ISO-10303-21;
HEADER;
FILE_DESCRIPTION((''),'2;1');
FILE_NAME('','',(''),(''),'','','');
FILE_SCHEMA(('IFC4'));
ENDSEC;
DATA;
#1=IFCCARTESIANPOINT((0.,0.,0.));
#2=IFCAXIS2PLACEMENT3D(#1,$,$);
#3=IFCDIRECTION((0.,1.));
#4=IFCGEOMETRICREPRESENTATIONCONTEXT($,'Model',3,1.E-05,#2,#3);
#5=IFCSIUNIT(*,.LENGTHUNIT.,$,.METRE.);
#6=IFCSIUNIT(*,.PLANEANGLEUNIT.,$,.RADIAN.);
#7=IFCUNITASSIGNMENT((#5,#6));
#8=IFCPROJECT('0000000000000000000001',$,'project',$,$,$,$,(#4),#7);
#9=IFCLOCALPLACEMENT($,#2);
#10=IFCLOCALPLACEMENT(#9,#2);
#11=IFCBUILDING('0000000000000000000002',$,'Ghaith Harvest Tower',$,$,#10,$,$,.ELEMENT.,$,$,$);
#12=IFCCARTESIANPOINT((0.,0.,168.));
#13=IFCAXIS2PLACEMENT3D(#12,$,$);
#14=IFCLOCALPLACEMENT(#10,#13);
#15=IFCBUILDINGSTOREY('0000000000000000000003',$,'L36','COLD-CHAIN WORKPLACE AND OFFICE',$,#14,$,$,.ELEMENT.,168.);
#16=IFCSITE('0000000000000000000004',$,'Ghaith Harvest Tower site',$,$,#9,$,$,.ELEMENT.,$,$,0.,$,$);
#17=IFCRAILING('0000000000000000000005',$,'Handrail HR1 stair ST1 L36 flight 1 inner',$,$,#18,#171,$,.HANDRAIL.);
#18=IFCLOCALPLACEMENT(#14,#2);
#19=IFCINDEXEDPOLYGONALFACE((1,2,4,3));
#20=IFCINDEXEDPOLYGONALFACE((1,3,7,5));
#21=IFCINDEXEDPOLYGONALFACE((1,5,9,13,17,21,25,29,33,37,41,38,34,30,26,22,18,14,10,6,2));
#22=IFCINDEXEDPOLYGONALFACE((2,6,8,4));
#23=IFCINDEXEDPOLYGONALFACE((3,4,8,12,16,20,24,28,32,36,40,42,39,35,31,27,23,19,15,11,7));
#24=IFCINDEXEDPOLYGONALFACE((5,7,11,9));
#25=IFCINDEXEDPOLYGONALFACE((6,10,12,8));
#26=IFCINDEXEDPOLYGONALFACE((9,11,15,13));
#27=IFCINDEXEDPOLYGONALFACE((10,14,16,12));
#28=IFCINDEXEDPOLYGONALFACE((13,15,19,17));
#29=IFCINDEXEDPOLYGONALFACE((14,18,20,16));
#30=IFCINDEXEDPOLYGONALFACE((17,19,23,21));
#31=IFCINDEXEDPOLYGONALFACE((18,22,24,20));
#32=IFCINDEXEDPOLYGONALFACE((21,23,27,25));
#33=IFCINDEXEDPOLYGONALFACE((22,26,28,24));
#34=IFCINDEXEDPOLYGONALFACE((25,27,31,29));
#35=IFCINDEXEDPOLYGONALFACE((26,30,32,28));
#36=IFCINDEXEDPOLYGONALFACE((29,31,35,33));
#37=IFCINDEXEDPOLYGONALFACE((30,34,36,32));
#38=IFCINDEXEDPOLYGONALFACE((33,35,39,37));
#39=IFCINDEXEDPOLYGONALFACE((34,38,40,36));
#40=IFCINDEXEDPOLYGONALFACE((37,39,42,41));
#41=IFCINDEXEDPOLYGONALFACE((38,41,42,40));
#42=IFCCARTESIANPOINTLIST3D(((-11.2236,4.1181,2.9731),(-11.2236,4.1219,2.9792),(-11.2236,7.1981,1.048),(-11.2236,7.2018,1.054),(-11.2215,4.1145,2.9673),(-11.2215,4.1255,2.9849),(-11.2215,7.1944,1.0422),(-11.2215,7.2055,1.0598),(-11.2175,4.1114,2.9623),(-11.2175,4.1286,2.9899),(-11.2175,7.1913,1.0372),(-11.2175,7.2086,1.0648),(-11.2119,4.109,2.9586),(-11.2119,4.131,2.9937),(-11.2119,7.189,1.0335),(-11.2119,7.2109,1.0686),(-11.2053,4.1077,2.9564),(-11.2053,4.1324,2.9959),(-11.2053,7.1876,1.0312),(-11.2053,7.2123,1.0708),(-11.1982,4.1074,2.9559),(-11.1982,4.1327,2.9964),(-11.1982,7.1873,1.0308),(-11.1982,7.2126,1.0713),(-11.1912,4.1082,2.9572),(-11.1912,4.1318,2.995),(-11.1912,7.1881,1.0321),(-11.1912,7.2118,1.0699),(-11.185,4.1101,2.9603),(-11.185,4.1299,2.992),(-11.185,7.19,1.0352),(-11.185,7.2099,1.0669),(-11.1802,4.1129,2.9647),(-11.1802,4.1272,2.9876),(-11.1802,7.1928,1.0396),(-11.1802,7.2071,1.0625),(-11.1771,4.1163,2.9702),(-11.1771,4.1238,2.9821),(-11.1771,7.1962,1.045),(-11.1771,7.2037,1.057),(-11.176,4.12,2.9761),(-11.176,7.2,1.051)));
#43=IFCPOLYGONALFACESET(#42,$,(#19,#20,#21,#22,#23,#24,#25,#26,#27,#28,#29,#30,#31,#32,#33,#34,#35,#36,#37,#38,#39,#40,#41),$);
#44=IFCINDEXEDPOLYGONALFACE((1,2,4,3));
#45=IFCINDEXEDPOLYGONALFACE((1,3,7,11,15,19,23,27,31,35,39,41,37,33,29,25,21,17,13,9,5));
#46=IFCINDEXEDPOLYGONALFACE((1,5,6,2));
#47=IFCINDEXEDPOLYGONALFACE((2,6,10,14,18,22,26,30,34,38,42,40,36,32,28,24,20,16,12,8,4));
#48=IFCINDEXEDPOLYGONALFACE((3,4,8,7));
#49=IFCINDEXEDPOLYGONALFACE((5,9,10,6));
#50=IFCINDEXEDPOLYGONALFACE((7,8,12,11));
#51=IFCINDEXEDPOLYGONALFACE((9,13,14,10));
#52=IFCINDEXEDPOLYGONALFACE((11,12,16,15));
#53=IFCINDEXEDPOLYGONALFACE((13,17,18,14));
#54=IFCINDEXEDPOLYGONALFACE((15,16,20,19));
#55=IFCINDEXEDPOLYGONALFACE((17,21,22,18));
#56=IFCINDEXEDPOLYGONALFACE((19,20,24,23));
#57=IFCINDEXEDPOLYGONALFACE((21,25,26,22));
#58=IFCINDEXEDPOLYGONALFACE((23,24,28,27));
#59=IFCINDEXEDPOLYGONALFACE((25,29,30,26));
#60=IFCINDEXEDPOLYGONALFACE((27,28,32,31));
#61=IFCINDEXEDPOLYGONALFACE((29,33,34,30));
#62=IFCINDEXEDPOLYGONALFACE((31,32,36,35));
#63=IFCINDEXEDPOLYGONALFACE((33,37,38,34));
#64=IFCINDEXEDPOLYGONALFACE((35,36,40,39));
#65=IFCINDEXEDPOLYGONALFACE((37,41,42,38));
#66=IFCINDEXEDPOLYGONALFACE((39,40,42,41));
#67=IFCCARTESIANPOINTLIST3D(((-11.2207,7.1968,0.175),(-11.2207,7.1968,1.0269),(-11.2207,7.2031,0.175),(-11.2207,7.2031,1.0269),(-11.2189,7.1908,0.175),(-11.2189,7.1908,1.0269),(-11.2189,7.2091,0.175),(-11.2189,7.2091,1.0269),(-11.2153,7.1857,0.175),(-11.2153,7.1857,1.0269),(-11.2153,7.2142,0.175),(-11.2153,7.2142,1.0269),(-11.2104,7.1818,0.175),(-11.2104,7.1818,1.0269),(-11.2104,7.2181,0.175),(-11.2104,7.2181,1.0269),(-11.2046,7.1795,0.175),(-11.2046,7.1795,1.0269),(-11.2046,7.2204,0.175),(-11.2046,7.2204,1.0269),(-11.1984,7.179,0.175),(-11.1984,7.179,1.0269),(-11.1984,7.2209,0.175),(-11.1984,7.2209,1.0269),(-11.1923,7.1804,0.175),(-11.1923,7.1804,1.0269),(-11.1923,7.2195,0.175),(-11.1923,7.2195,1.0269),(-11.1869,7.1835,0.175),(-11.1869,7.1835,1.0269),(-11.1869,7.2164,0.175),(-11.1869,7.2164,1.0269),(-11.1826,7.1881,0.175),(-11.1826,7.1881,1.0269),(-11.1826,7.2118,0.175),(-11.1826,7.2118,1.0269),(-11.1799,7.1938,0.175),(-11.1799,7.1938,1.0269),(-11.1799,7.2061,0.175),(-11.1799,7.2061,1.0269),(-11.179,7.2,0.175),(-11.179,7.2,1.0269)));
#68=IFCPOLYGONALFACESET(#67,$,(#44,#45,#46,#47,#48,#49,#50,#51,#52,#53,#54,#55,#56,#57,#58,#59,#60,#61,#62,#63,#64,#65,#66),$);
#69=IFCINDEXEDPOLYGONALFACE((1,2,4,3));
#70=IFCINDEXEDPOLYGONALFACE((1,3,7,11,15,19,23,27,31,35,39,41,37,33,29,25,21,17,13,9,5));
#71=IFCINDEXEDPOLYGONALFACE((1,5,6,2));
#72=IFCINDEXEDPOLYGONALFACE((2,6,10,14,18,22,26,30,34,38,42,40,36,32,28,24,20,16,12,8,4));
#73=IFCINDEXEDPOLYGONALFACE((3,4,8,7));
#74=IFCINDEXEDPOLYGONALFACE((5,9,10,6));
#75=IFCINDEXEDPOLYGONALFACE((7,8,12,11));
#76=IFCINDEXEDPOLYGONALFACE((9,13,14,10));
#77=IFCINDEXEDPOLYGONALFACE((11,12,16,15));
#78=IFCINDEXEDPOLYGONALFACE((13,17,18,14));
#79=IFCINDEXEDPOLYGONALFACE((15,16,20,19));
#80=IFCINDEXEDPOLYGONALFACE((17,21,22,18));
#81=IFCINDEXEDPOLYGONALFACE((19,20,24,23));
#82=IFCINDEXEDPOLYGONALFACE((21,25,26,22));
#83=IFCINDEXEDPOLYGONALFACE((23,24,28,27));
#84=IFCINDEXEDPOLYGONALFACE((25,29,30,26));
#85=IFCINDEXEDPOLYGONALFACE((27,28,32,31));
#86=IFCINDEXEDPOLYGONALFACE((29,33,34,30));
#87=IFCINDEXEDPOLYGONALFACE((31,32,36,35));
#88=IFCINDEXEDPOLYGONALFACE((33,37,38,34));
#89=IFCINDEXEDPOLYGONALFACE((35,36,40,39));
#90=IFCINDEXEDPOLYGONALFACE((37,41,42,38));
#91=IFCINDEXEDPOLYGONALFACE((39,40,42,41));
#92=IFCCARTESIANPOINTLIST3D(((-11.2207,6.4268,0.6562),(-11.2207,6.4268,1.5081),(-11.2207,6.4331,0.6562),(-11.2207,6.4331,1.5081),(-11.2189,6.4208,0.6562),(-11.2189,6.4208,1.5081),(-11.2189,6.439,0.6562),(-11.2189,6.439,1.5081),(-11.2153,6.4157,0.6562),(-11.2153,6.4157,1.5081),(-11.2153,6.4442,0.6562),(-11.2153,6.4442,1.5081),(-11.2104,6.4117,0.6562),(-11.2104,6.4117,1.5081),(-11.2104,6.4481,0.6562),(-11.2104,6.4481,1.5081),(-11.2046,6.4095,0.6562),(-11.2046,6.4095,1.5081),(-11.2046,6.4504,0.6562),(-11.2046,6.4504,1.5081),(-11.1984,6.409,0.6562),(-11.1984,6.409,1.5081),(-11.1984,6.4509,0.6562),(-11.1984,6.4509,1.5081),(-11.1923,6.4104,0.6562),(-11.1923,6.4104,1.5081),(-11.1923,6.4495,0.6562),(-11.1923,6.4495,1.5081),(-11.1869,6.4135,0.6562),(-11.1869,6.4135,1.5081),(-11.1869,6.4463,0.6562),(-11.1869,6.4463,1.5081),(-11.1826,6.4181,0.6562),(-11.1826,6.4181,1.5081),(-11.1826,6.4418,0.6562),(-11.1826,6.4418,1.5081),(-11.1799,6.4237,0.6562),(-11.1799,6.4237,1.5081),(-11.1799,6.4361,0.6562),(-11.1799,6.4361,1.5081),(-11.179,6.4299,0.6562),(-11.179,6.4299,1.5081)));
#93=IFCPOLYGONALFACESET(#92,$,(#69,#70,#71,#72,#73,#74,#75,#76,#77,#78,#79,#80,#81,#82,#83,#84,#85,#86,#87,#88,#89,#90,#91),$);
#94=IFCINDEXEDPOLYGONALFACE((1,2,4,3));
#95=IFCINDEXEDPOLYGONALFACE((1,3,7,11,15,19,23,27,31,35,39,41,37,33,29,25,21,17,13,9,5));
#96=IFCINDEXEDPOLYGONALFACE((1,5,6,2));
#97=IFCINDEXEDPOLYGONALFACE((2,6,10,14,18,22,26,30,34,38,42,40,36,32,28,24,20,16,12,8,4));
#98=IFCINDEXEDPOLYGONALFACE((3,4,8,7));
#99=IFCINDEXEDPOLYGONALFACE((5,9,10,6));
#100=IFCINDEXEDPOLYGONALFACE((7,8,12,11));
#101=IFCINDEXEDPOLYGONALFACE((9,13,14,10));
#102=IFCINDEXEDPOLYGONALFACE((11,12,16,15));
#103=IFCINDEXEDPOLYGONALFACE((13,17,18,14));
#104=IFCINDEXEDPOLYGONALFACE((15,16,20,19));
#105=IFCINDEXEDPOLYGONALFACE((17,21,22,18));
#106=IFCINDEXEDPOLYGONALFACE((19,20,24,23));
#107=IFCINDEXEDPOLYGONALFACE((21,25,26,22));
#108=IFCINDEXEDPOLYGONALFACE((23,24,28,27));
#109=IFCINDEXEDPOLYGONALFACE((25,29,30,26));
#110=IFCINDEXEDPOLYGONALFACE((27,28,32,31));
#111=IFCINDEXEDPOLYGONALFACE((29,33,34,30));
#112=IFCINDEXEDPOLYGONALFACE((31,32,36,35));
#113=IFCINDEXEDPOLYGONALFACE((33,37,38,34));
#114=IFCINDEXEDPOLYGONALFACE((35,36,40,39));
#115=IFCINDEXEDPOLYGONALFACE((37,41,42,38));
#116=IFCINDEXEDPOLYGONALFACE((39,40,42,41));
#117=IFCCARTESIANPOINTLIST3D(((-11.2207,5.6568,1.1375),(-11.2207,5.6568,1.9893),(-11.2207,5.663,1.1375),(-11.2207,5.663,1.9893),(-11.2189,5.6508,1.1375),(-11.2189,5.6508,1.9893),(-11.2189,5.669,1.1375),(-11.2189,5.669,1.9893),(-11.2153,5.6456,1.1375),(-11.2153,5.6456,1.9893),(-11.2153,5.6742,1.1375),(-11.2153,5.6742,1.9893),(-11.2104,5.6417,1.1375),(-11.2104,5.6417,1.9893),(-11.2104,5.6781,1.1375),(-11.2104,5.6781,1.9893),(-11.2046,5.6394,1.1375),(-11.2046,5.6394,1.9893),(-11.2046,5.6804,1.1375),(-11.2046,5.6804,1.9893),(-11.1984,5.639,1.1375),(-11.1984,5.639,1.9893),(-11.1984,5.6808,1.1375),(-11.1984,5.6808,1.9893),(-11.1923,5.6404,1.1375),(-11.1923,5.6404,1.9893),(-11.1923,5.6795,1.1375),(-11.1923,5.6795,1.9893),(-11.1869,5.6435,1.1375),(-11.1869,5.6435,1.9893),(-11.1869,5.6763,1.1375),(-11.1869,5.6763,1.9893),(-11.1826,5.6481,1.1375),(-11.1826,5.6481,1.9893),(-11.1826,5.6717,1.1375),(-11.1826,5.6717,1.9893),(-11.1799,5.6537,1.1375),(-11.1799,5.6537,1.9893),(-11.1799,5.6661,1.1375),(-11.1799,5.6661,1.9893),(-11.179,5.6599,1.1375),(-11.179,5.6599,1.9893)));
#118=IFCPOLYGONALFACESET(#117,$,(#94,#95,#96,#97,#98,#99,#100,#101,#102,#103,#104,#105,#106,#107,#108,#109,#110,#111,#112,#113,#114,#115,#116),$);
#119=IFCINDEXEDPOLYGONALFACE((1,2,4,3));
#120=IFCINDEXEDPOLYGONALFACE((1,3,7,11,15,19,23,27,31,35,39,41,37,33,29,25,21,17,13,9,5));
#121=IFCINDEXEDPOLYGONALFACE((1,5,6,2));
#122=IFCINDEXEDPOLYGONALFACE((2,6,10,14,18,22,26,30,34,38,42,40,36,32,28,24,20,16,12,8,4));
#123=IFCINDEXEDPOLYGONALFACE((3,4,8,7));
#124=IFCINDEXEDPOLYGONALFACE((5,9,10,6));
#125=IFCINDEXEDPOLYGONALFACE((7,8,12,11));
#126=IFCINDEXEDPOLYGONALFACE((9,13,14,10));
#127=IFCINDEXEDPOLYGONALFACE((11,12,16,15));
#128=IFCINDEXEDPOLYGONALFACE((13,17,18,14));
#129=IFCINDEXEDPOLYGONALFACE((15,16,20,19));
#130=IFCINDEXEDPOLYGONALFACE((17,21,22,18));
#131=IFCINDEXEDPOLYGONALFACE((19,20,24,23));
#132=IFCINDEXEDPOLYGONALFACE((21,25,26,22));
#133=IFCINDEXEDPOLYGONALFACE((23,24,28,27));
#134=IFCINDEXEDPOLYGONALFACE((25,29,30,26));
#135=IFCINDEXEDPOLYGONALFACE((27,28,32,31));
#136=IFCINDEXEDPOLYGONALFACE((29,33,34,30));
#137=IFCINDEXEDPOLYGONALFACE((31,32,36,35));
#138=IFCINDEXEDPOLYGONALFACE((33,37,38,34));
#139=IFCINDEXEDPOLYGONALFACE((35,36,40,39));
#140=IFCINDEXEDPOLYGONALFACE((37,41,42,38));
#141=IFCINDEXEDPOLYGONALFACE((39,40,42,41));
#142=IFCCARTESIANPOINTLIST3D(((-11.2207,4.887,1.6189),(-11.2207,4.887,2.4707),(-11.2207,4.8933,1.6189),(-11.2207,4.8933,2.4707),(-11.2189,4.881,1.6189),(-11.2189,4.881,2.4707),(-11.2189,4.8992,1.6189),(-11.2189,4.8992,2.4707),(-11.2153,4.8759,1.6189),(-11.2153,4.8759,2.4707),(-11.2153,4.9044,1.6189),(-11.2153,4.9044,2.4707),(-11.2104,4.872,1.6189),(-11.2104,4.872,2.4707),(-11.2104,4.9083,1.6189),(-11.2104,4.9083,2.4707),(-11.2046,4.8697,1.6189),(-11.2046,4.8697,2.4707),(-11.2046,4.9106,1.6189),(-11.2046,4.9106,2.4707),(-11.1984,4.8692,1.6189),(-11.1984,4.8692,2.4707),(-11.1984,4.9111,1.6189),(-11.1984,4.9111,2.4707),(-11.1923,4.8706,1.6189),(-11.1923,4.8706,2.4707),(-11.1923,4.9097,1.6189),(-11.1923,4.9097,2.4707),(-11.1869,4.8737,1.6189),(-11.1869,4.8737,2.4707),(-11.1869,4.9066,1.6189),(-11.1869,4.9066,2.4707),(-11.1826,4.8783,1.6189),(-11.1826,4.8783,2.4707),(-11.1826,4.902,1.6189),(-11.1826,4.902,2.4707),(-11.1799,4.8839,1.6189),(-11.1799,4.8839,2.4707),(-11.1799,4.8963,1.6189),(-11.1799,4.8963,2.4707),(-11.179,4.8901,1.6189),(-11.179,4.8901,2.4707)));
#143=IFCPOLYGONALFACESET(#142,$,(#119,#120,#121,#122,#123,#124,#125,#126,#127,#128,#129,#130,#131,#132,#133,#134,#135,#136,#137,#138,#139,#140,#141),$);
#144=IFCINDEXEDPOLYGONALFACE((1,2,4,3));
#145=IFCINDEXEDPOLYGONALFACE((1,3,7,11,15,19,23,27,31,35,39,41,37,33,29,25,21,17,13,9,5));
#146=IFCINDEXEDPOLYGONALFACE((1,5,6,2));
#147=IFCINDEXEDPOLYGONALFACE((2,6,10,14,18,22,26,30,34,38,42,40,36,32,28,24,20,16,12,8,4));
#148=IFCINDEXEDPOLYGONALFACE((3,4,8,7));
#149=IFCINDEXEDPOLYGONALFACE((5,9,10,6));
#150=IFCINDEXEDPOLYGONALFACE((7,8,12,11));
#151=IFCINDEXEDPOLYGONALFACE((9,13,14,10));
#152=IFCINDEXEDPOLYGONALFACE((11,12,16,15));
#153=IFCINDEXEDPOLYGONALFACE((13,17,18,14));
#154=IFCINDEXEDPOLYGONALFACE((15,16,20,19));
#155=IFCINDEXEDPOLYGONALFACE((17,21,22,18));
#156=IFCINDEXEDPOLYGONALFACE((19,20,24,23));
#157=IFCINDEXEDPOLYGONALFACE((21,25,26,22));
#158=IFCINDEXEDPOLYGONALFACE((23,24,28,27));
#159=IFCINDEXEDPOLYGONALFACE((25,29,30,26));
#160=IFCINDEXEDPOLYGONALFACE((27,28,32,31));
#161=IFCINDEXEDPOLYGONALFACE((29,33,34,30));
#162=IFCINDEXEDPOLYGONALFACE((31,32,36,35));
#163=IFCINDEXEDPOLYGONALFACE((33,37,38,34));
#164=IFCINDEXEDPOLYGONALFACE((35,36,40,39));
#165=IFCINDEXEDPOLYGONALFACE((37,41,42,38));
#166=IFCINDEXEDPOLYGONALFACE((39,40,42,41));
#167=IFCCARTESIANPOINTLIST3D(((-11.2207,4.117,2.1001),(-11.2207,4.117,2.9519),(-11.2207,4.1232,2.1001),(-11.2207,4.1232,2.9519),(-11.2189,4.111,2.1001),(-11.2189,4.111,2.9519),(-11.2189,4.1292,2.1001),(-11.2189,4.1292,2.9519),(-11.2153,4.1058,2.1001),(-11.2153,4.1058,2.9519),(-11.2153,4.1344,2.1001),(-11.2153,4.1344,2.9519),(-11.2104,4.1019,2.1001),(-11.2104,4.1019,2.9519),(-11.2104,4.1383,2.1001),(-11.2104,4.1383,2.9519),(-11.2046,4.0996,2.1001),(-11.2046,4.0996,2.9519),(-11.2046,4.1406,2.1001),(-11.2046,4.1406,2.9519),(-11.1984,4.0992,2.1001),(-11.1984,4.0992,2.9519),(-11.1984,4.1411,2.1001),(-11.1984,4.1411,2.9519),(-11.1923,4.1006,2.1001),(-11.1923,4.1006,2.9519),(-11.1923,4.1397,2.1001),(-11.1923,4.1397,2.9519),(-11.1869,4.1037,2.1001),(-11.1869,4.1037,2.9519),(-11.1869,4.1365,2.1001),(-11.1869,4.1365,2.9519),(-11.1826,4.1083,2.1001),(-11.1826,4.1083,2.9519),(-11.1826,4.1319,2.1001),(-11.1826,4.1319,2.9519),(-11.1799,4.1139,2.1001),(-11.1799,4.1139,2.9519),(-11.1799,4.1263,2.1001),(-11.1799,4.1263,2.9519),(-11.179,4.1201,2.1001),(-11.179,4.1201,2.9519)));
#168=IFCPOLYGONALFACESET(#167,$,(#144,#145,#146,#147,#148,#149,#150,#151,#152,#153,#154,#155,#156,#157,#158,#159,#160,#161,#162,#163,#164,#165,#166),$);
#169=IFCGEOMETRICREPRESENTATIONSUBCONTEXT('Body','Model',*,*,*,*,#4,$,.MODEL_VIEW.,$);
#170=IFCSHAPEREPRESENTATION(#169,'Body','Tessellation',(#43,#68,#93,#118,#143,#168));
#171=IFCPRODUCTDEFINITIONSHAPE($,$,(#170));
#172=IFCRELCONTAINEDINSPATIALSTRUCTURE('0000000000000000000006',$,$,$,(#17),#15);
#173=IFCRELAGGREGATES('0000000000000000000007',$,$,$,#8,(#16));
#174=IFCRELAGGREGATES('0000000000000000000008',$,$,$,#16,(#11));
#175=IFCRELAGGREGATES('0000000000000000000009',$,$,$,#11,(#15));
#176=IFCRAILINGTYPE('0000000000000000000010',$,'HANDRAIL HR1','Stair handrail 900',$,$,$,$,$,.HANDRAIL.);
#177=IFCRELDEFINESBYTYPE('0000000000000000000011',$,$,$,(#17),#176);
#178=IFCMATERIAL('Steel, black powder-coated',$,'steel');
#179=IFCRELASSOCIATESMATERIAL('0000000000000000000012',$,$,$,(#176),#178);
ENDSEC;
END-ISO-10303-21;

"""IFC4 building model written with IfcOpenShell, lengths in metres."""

from ifc_helpers import new_model, si_unit, direction, frame, origin, origin_2d, place, context, subcontext, project, spatial, circle, extrude, material, type_object, element, save


model = new_model("IFC4")

# Units and contexts
model_context = context("Model", 3, precision=1e-05, world=origin(), true_north=direction((0.0, 1.0)))
body_context = subcontext(model_context, "Body", "Model", "MODEL_VIEW")
ifc_project = project(units=[si_unit("LENGTHUNIT", "METRE"), si_unit("PLANEANGLEUNIT", "RADIAN")], contexts=[model_context])

# Site, building, storey
site_placement = place(None, origin())
site = spatial("IfcSite", under=ifc_project, at=site_placement, Name="Ghaith Harvest Tower site", CompositionType="ELEMENT", RefElevation=0.0)
building_placement = place(site_placement, origin())
building = spatial("IfcBuilding", under=site, at=building_placement, Name="Ghaith Harvest Tower", CompositionType="ELEMENT")
storey_placement = place(building_placement, frame((0.0, 0.0, 168.0)))
storey = spatial("IfcBuildingStorey", under=building, at=storey_placement, Name="L36", Description="COLD-CHAIN WORKPLACE AND OFFICE", CompositionType="ELEMENT", Elevation=168.0)

# Railing
ifc_material_1 = material(Name="Steel, black powder-coated", Category="steel")
railing_type = type_object("IfcRailingType", Name="HANDRAIL HR1", Description="Stair handrail 900", PredefinedType="HANDRAIL", material=ifc_material_1)
railing_1_placement = place(storey_placement, frame((-11.2, 7.2, 0.175)))
element("IfcRailing", 1, at=railing_1_placement, inside=storey, type_object=railing_type, Name="Handrail HR1 stair ST1 L36 flight 1 inner", PredefinedType="HANDRAIL", context=body_context, shape_type="SweptSolid", body=[
    extrude(circle(Radius=0.0239, at=origin_2d()), frame((0.0, 0.0, 0.876), z_axis=(0.0, -0.847979, 0.530029), x_axis=(1.0, 0.0, 0.0)), (0.0, 0.0, 1.0), 3.6321),
    extrude(circle(Radius=0.021, at=origin_2d()), origin(), (0.0, 0.0, 1.0), 0.8518),
    extrude(circle(Radius=0.021, at=origin_2d()), frame((0.0, -0.77, 0.4812)), (0.0, 0.0, 1.0), 0.8518),
    extrude(circle(Radius=0.021, at=origin_2d()), frame((0.0, -1.54, 0.9624)), (0.0, 0.0, 1.0), 0.8518),
    extrude(circle(Radius=0.021, at=origin_2d()), frame((0.0, -2.3098, 1.4438)), (0.0, 0.0, 1.0), 0.8518),
    extrude(circle(Radius=0.021, at=origin_2d()), frame((0.0, -3.0798, 1.925)), (0.0, 0.0, 1.0), 0.8518),
])

save(model, "model.ifc")
